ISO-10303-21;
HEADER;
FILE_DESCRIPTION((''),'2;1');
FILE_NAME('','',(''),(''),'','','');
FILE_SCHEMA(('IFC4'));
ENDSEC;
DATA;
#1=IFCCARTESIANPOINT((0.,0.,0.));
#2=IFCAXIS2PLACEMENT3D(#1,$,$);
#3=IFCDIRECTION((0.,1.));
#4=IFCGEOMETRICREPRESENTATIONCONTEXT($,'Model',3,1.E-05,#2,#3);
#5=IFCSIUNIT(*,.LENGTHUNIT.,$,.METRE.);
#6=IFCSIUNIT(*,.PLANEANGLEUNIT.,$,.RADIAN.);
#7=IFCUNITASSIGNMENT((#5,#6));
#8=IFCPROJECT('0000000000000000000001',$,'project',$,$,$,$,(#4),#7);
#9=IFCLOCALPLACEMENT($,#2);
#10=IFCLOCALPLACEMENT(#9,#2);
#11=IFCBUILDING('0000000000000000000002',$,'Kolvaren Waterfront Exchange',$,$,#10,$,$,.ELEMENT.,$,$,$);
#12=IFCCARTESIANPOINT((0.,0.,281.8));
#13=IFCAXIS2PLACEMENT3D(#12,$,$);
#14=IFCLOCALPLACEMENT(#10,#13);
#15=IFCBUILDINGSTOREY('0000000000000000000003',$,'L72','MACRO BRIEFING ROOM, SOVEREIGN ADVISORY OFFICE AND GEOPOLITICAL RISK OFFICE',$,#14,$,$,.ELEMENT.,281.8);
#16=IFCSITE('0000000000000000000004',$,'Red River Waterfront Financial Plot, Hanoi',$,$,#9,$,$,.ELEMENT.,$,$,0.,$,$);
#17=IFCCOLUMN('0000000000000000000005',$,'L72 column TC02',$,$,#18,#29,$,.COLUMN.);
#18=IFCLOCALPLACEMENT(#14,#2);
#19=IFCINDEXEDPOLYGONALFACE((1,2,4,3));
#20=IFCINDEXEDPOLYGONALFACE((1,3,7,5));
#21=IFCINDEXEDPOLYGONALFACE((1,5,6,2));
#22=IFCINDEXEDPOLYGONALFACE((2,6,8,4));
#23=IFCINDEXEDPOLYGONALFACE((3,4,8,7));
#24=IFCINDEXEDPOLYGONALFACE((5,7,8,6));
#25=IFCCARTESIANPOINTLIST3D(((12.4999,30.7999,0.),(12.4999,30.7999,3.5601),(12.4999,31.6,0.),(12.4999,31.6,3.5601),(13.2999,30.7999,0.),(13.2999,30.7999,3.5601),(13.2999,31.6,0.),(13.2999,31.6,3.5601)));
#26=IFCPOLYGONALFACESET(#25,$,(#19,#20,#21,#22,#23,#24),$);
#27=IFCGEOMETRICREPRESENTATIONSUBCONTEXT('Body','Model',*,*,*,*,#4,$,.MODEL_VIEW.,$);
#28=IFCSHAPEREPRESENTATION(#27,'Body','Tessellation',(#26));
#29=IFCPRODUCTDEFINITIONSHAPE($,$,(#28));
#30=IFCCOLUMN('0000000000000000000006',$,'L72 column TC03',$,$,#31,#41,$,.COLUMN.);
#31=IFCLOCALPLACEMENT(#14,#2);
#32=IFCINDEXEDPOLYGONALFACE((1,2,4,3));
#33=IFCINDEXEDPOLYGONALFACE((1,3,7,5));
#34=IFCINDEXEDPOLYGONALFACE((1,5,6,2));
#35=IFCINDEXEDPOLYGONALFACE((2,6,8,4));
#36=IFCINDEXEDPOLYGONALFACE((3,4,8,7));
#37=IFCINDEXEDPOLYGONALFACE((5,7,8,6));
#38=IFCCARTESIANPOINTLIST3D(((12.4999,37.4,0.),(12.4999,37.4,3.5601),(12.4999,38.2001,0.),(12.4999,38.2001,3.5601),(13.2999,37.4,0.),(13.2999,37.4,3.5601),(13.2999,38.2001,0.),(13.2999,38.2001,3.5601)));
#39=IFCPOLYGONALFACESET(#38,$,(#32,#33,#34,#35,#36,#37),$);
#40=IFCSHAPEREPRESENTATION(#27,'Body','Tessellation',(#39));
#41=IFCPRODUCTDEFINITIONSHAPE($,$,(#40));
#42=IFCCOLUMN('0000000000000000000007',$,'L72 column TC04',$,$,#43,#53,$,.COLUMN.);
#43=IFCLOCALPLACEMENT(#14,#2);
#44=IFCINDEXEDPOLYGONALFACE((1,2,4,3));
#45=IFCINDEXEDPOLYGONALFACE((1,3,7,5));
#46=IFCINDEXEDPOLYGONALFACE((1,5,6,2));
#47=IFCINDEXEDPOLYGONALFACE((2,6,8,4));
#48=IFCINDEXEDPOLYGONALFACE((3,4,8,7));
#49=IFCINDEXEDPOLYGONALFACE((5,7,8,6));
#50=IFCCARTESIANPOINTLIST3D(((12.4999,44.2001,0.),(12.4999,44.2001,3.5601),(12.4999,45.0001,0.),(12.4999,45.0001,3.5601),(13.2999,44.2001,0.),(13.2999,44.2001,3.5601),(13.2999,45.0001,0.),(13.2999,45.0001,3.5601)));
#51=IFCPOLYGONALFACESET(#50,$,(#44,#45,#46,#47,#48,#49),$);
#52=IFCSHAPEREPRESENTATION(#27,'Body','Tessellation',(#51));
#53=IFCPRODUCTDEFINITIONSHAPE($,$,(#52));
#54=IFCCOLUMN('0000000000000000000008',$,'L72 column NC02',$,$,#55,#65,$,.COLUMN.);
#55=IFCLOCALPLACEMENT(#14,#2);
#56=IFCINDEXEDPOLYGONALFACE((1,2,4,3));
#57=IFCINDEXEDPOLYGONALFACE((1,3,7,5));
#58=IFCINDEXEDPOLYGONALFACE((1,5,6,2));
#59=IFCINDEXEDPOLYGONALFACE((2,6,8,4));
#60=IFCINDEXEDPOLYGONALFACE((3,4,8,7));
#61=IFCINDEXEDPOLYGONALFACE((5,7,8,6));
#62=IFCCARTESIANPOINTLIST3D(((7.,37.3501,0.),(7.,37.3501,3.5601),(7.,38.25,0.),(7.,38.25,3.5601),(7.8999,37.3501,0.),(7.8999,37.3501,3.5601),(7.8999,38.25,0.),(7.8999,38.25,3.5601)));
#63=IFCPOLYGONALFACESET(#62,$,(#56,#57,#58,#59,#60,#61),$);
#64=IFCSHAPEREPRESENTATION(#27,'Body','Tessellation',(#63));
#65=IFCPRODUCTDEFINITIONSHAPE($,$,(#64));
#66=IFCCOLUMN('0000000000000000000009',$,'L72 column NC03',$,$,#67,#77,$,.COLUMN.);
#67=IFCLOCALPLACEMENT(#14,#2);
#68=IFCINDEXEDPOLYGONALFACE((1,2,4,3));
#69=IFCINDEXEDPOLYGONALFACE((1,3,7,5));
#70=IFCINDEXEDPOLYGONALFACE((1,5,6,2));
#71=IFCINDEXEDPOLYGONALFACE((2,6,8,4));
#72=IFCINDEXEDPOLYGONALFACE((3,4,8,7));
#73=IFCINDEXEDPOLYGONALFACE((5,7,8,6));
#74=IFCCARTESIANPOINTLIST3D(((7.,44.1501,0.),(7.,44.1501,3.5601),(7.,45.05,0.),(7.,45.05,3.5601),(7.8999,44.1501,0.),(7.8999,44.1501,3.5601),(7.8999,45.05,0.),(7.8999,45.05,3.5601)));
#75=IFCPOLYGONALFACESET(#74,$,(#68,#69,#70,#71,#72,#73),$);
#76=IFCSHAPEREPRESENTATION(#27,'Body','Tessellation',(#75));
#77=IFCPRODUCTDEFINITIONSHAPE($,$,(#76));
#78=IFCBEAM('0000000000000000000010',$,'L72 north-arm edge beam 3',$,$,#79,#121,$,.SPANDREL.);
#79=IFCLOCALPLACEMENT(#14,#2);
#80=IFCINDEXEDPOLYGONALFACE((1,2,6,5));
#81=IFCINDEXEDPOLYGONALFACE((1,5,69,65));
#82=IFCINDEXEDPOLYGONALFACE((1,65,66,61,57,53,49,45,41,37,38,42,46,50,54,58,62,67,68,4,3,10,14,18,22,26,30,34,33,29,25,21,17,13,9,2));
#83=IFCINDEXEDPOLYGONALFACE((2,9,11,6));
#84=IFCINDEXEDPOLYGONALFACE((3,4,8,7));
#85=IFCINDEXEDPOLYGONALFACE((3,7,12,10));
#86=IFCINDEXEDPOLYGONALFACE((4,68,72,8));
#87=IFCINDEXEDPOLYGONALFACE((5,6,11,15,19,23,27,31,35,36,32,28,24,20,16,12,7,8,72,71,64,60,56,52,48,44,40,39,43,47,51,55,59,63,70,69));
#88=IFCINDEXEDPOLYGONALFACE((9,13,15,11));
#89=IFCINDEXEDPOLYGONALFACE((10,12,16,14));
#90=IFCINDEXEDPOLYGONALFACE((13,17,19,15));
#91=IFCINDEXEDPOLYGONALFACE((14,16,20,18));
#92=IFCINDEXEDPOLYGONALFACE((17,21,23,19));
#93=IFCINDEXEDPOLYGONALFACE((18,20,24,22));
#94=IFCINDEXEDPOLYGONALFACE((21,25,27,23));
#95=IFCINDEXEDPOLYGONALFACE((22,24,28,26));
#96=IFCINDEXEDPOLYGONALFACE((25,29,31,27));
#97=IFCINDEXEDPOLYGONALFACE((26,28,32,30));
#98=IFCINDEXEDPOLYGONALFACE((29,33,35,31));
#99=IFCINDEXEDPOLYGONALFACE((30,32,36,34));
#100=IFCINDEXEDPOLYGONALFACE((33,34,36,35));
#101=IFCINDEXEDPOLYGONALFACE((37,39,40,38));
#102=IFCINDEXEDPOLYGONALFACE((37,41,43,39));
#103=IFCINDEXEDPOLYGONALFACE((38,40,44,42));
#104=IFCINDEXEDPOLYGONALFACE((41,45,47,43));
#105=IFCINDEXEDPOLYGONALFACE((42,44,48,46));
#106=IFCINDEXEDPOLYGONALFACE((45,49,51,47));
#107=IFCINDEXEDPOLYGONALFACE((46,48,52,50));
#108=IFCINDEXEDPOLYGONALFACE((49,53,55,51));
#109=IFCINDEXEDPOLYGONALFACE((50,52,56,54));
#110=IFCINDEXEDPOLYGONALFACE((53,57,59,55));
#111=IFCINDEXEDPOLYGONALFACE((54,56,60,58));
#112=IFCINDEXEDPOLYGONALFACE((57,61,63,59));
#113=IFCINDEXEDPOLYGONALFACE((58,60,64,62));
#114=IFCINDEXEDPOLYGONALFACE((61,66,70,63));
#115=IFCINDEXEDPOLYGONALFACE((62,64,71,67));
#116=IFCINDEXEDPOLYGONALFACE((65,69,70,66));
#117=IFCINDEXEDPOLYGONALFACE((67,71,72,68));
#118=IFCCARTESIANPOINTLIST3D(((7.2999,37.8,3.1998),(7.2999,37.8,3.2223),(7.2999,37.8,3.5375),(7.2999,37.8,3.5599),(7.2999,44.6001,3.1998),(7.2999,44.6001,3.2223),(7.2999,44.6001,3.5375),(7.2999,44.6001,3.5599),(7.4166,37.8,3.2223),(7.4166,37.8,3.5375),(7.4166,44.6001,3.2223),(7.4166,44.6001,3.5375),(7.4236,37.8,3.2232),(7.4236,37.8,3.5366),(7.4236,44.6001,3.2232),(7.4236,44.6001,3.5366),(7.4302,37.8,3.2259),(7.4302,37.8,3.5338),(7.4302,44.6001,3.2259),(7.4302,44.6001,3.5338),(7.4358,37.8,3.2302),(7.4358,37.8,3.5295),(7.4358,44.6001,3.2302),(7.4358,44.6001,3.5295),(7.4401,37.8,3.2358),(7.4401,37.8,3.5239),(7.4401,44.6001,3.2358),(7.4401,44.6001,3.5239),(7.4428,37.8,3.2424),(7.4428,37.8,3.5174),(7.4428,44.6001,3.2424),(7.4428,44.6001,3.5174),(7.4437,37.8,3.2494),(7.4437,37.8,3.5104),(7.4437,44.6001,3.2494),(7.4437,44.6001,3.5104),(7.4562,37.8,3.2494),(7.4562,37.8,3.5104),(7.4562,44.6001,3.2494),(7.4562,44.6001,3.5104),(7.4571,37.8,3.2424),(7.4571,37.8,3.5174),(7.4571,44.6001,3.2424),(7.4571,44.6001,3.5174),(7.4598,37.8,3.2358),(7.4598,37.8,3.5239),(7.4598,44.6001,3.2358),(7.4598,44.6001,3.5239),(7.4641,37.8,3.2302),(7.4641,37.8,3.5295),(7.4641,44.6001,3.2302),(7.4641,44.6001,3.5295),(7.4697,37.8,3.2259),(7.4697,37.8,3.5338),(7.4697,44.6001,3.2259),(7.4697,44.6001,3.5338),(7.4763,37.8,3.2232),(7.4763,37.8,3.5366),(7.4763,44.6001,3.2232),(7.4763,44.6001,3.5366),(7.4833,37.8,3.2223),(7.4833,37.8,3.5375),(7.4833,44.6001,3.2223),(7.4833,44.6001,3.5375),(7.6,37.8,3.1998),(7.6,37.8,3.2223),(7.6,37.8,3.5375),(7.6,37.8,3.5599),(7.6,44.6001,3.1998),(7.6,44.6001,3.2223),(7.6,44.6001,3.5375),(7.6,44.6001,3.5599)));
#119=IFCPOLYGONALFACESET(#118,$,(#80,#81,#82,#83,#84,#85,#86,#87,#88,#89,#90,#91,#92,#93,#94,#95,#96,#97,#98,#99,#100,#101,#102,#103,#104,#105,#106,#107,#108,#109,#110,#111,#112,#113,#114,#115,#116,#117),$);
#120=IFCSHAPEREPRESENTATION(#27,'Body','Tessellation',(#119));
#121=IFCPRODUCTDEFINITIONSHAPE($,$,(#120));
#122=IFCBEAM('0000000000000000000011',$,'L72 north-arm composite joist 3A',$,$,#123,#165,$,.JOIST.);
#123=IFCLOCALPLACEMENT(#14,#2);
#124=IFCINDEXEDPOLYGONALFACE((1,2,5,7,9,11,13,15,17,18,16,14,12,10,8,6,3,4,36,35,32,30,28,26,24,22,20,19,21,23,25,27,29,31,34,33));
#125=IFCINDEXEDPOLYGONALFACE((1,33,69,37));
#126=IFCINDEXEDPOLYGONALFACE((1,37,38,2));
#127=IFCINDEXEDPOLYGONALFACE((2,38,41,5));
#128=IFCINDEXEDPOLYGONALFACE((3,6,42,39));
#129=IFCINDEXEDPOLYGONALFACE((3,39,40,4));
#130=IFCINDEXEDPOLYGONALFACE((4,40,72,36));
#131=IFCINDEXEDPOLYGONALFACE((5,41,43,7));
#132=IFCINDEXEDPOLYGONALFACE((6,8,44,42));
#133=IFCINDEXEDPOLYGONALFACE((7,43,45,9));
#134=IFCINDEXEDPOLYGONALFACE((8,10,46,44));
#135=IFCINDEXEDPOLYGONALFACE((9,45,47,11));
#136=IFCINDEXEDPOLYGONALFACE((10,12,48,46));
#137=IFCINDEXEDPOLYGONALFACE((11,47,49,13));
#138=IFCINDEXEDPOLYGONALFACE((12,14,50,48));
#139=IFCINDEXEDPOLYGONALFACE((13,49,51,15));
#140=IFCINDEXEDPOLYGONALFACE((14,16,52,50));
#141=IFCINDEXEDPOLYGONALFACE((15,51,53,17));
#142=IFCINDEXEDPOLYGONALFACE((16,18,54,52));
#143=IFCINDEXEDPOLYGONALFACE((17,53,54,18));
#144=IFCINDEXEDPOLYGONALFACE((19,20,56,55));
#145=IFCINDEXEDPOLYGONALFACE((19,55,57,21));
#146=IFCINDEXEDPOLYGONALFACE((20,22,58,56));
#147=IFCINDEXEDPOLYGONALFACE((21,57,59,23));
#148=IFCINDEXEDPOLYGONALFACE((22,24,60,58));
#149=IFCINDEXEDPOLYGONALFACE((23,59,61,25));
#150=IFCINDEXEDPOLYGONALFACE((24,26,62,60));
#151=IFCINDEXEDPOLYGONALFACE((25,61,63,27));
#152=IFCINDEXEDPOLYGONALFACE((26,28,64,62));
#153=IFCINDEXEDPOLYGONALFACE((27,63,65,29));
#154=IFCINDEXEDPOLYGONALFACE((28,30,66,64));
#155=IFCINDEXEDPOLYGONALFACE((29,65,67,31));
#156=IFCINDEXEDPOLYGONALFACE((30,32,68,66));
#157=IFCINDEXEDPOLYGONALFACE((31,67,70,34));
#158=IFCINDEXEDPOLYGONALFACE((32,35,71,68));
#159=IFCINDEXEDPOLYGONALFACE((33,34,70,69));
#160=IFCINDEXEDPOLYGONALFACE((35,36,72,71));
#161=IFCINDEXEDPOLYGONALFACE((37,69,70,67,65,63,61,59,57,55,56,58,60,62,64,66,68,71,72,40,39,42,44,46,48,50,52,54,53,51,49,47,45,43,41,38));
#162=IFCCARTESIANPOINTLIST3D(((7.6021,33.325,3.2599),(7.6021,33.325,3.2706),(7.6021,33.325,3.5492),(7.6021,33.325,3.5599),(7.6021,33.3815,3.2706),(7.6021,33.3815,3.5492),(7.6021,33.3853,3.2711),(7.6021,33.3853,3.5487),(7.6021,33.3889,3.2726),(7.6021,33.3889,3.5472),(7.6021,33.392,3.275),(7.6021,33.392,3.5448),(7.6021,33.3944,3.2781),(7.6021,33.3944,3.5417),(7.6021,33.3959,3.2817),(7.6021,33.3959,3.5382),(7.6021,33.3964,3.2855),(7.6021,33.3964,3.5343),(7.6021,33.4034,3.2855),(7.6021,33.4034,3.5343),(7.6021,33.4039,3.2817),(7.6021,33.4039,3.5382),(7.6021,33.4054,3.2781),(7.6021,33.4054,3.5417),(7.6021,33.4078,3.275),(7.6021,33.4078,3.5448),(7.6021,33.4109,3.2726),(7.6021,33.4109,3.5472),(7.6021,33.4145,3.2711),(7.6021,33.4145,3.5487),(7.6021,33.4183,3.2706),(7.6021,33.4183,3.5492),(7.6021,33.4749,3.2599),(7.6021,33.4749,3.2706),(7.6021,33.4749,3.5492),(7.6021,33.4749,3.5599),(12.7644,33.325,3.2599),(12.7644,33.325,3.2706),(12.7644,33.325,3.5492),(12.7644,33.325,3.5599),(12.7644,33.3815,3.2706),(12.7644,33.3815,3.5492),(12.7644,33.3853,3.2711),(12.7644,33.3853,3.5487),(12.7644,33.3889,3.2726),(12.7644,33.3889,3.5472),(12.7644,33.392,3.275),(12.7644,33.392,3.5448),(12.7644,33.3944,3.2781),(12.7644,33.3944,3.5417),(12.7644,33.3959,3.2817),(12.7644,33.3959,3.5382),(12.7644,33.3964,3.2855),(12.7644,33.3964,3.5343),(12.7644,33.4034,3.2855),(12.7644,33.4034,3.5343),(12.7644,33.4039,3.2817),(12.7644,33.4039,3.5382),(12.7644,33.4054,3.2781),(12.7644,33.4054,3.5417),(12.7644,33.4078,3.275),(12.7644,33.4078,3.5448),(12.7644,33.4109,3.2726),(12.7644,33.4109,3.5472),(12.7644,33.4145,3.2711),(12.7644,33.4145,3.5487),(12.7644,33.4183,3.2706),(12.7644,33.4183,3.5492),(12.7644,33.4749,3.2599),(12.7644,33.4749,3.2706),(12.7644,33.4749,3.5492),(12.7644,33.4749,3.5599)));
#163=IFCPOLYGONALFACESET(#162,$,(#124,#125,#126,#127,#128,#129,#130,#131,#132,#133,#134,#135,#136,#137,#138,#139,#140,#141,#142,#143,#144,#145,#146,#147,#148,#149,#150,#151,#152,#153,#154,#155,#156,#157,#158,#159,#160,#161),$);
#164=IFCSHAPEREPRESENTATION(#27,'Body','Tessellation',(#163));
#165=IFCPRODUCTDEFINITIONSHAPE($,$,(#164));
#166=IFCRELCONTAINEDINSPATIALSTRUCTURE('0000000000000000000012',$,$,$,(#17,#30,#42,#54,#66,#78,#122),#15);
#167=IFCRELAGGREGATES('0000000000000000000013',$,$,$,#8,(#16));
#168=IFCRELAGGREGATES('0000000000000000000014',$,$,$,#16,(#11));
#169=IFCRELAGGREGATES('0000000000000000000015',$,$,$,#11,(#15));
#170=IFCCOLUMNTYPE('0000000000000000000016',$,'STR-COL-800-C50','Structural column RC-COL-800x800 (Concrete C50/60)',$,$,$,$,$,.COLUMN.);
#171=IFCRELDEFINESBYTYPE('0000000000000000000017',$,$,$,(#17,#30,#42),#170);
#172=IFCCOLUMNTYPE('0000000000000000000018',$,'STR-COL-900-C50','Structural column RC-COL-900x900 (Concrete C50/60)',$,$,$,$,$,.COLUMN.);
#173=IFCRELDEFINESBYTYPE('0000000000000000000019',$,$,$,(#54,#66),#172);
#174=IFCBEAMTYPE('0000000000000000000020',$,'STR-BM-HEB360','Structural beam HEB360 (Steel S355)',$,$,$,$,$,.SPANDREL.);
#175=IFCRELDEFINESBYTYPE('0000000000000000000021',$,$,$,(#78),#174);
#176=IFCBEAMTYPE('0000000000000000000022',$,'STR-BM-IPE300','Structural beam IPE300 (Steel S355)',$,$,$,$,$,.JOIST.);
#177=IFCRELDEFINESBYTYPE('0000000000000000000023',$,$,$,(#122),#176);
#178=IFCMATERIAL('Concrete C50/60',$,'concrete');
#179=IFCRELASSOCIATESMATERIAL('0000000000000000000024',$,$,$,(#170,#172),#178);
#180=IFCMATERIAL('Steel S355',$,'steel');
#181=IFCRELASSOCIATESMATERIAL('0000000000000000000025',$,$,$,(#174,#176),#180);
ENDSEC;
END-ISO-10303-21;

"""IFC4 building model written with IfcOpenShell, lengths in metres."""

from ifc_helpers import new_model, si_unit, direction, frame, origin, origin_2d, place, context, subcontext, project, spatial, rectangle, i_section, extrude, material, material_profile, profile_set, type_object, element, save


model = new_model("IFC4")

# Units and contexts
model_context = context("Model", 3, precision=1e-05, world=origin(), true_north=direction((0.0, 1.0)))
body_context = subcontext(model_context, "Body", "Model", "MODEL_VIEW")
ifc_project = project(units=[si_unit("LENGTHUNIT", "METRE"), si_unit("PLANEANGLEUNIT", "RADIAN")], contexts=[model_context])

# Site, building, storey
site_placement = place(None, origin())
site = spatial("IfcSite", under=ifc_project, at=site_placement, Name="Red River Waterfront Financial Plot, Hanoi", CompositionType="ELEMENT", RefElevation=0.0)
building_placement = place(site_placement, origin())
building = spatial("IfcBuilding", under=site, at=building_placement, Name="Kolvaren Waterfront Exchange", CompositionType="ELEMENT")
storey_placement = place(building_placement, frame((0.0, 0.0, 281.8)))
storey = spatial("IfcBuildingStorey", under=building, at=storey_placement, Name="L72", Description="MACRO BRIEFING ROOM, SOVEREIGN ADVISORY OFFICE AND GEOPOLITICAL RISK OFFICE", CompositionType="ELEMENT", Elevation=281.8)

# Columns
ifc_material_1 = material(Name="Concrete C50/60", Category="concrete")
ifc_material_profile_1 = material_profile(ifc_material_1, rectangle(XDim=0.8, YDim=0.8, at=origin_2d()), Name="RC-COL-800x800")
ifc_profile_set_1 = profile_set([ifc_material_profile_1], Name="Concrete C50/60")
column_type_1 = type_object("IfcColumnType", Name="STR-COL-800-C50", Description="Structural column RC-COL-800x800 (Concrete C50/60)", PredefinedType="COLUMN", material=ifc_profile_set_1)
for number, where, z_axis, x_axis, name in (
    (1, (12.8999, 31.2, 0.0), (0.0, 0.0, 1.0), (1.0, 0.0, 0.0), "L72 column TC02"),
    (2, (12.8999, 37.8, 0.0), (0.0, 0.0, 1.0), (1.0, 0.0, 0.0), "L72 column TC03"),
    (3, (12.8999, 44.6001, 0.0), (0.0, 0.0, 1.0), (1.0, 0.0, 0.0), "L72 column TC04"),
):
    element("IfcColumn", number, at=place(storey_placement, frame(where, z_axis=z_axis, x_axis=x_axis)), inside=storey, type_object=column_type_1, Name=name, PredefinedType="COLUMN", context=body_context, shape_type="SweptSolid", body=[
        extrude(rectangle(XDim=0.8, YDim=0.8, at=origin_2d()), origin(), (0.0, 0.0, 1.0), 3.5601),
    ])
ifc_material_profile_2 = material_profile(ifc_material_1, rectangle(XDim=0.8999, YDim=0.8999, at=origin_2d()), Name="RC-COL-900x900")
ifc_profile_set_2 = profile_set([ifc_material_profile_2], Name="Concrete C50/60")
column_type_2 = type_object("IfcColumnType", Name="STR-COL-900-C50", Description="Structural column RC-COL-900x900 (Concrete C50/60)", PredefinedType="COLUMN", material=ifc_profile_set_2)
for number, where, z_axis, x_axis, name in (
    (4, (7.45, 37.8, 0.0), (0.0, 0.0, 1.0), (1.0, 0.0, 0.0), "L72 column NC02"),
    (5, (7.45, 44.6001, 0.0), (0.0, 0.0, 1.0), (1.0, 0.0, 0.0), "L72 column NC03"),
):
    element("IfcColumn", number, at=place(storey_placement, frame(where, z_axis=z_axis, x_axis=x_axis)), inside=storey, type_object=column_type_2, Name=name, PredefinedType="COLUMN", context=body_context, shape_type="SweptSolid", body=[
        extrude(rectangle(XDim=0.8999, YDim=0.8999, at=origin_2d()), origin(), (0.0, 0.0, 1.0), 3.5601),
    ])

# Beams
ifc_material_2 = material(Name="Steel S355", Category="steel")
ifc_material_profile_3 = material_profile(ifc_material_2, i_section(OverallWidth=0.3, OverallDepth=0.3601, WebThickness=0.0125, FlangeThickness=0.0225, FilletRadius=0.0271, at=origin_2d()), Name="HEB360")
ifc_profile_set_3 = profile_set([ifc_material_profile_3], Name="Steel S355")
beam_type_1 = type_object("IfcBeamType", Name="STR-BM-HEB360", Description="Structural beam HEB360 (Steel S355)", PredefinedType="SPANDREL", material=ifc_profile_set_3)
beam_1_placement = place(storey_placement, frame((7.45, 37.8, 3.3799), z_axis=(0.0, 1.0, 0.0), x_axis=(-1.0, 0.0, 0.0)))
element("IfcBeam", 6, at=beam_1_placement, inside=storey, type_object=beam_type_1, Name="L72 north-arm edge beam 3", PredefinedType="SPANDREL", context=body_context, shape_type="SweptSolid", body=[
    extrude(i_section(OverallWidth=0.3, OverallDepth=0.3601, WebThickness=0.0125, FlangeThickness=0.0225, FilletRadius=0.0271, at=origin_2d()), origin(), (0.0, 0.0, 1.0), 6.8),
])
ifc_material_profile_4 = material_profile(ifc_material_2, i_section(OverallWidth=0.1499, OverallDepth=0.3, WebThickness=0.0071, FlangeThickness=0.0107, FilletRadius=0.0149, at=origin_2d()), Name="IPE300")
ifc_profile_set_4 = profile_set([ifc_material_profile_4], Name="Steel S355")
beam_type_2 = type_object("IfcBeamType", Name="STR-BM-IPE300", Description="Structural beam IPE300 (Steel S355)", PredefinedType="JOIST", material=ifc_profile_set_4)
beam_2_placement = place(storey_placement, frame((7.6021, 33.3999, 3.4099), z_axis=(1.0, 0.0, 0.0), x_axis=(0.0, 1.0, 0.0)))
element("IfcBeam", 7, at=beam_2_placement, inside=storey, type_object=beam_type_2, Name="L72 north-arm composite joist 3A", PredefinedType="JOIST", context=body_context, shape_type="SweptSolid", body=[
    extrude(i_section(OverallWidth=0.1499, OverallDepth=0.3, WebThickness=0.0071, FlangeThickness=0.0107, FilletRadius=0.0149, at=origin_2d()), origin(), (0.0, 0.0, 1.0), 5.1624),
])

save(model, "model.ifc")
